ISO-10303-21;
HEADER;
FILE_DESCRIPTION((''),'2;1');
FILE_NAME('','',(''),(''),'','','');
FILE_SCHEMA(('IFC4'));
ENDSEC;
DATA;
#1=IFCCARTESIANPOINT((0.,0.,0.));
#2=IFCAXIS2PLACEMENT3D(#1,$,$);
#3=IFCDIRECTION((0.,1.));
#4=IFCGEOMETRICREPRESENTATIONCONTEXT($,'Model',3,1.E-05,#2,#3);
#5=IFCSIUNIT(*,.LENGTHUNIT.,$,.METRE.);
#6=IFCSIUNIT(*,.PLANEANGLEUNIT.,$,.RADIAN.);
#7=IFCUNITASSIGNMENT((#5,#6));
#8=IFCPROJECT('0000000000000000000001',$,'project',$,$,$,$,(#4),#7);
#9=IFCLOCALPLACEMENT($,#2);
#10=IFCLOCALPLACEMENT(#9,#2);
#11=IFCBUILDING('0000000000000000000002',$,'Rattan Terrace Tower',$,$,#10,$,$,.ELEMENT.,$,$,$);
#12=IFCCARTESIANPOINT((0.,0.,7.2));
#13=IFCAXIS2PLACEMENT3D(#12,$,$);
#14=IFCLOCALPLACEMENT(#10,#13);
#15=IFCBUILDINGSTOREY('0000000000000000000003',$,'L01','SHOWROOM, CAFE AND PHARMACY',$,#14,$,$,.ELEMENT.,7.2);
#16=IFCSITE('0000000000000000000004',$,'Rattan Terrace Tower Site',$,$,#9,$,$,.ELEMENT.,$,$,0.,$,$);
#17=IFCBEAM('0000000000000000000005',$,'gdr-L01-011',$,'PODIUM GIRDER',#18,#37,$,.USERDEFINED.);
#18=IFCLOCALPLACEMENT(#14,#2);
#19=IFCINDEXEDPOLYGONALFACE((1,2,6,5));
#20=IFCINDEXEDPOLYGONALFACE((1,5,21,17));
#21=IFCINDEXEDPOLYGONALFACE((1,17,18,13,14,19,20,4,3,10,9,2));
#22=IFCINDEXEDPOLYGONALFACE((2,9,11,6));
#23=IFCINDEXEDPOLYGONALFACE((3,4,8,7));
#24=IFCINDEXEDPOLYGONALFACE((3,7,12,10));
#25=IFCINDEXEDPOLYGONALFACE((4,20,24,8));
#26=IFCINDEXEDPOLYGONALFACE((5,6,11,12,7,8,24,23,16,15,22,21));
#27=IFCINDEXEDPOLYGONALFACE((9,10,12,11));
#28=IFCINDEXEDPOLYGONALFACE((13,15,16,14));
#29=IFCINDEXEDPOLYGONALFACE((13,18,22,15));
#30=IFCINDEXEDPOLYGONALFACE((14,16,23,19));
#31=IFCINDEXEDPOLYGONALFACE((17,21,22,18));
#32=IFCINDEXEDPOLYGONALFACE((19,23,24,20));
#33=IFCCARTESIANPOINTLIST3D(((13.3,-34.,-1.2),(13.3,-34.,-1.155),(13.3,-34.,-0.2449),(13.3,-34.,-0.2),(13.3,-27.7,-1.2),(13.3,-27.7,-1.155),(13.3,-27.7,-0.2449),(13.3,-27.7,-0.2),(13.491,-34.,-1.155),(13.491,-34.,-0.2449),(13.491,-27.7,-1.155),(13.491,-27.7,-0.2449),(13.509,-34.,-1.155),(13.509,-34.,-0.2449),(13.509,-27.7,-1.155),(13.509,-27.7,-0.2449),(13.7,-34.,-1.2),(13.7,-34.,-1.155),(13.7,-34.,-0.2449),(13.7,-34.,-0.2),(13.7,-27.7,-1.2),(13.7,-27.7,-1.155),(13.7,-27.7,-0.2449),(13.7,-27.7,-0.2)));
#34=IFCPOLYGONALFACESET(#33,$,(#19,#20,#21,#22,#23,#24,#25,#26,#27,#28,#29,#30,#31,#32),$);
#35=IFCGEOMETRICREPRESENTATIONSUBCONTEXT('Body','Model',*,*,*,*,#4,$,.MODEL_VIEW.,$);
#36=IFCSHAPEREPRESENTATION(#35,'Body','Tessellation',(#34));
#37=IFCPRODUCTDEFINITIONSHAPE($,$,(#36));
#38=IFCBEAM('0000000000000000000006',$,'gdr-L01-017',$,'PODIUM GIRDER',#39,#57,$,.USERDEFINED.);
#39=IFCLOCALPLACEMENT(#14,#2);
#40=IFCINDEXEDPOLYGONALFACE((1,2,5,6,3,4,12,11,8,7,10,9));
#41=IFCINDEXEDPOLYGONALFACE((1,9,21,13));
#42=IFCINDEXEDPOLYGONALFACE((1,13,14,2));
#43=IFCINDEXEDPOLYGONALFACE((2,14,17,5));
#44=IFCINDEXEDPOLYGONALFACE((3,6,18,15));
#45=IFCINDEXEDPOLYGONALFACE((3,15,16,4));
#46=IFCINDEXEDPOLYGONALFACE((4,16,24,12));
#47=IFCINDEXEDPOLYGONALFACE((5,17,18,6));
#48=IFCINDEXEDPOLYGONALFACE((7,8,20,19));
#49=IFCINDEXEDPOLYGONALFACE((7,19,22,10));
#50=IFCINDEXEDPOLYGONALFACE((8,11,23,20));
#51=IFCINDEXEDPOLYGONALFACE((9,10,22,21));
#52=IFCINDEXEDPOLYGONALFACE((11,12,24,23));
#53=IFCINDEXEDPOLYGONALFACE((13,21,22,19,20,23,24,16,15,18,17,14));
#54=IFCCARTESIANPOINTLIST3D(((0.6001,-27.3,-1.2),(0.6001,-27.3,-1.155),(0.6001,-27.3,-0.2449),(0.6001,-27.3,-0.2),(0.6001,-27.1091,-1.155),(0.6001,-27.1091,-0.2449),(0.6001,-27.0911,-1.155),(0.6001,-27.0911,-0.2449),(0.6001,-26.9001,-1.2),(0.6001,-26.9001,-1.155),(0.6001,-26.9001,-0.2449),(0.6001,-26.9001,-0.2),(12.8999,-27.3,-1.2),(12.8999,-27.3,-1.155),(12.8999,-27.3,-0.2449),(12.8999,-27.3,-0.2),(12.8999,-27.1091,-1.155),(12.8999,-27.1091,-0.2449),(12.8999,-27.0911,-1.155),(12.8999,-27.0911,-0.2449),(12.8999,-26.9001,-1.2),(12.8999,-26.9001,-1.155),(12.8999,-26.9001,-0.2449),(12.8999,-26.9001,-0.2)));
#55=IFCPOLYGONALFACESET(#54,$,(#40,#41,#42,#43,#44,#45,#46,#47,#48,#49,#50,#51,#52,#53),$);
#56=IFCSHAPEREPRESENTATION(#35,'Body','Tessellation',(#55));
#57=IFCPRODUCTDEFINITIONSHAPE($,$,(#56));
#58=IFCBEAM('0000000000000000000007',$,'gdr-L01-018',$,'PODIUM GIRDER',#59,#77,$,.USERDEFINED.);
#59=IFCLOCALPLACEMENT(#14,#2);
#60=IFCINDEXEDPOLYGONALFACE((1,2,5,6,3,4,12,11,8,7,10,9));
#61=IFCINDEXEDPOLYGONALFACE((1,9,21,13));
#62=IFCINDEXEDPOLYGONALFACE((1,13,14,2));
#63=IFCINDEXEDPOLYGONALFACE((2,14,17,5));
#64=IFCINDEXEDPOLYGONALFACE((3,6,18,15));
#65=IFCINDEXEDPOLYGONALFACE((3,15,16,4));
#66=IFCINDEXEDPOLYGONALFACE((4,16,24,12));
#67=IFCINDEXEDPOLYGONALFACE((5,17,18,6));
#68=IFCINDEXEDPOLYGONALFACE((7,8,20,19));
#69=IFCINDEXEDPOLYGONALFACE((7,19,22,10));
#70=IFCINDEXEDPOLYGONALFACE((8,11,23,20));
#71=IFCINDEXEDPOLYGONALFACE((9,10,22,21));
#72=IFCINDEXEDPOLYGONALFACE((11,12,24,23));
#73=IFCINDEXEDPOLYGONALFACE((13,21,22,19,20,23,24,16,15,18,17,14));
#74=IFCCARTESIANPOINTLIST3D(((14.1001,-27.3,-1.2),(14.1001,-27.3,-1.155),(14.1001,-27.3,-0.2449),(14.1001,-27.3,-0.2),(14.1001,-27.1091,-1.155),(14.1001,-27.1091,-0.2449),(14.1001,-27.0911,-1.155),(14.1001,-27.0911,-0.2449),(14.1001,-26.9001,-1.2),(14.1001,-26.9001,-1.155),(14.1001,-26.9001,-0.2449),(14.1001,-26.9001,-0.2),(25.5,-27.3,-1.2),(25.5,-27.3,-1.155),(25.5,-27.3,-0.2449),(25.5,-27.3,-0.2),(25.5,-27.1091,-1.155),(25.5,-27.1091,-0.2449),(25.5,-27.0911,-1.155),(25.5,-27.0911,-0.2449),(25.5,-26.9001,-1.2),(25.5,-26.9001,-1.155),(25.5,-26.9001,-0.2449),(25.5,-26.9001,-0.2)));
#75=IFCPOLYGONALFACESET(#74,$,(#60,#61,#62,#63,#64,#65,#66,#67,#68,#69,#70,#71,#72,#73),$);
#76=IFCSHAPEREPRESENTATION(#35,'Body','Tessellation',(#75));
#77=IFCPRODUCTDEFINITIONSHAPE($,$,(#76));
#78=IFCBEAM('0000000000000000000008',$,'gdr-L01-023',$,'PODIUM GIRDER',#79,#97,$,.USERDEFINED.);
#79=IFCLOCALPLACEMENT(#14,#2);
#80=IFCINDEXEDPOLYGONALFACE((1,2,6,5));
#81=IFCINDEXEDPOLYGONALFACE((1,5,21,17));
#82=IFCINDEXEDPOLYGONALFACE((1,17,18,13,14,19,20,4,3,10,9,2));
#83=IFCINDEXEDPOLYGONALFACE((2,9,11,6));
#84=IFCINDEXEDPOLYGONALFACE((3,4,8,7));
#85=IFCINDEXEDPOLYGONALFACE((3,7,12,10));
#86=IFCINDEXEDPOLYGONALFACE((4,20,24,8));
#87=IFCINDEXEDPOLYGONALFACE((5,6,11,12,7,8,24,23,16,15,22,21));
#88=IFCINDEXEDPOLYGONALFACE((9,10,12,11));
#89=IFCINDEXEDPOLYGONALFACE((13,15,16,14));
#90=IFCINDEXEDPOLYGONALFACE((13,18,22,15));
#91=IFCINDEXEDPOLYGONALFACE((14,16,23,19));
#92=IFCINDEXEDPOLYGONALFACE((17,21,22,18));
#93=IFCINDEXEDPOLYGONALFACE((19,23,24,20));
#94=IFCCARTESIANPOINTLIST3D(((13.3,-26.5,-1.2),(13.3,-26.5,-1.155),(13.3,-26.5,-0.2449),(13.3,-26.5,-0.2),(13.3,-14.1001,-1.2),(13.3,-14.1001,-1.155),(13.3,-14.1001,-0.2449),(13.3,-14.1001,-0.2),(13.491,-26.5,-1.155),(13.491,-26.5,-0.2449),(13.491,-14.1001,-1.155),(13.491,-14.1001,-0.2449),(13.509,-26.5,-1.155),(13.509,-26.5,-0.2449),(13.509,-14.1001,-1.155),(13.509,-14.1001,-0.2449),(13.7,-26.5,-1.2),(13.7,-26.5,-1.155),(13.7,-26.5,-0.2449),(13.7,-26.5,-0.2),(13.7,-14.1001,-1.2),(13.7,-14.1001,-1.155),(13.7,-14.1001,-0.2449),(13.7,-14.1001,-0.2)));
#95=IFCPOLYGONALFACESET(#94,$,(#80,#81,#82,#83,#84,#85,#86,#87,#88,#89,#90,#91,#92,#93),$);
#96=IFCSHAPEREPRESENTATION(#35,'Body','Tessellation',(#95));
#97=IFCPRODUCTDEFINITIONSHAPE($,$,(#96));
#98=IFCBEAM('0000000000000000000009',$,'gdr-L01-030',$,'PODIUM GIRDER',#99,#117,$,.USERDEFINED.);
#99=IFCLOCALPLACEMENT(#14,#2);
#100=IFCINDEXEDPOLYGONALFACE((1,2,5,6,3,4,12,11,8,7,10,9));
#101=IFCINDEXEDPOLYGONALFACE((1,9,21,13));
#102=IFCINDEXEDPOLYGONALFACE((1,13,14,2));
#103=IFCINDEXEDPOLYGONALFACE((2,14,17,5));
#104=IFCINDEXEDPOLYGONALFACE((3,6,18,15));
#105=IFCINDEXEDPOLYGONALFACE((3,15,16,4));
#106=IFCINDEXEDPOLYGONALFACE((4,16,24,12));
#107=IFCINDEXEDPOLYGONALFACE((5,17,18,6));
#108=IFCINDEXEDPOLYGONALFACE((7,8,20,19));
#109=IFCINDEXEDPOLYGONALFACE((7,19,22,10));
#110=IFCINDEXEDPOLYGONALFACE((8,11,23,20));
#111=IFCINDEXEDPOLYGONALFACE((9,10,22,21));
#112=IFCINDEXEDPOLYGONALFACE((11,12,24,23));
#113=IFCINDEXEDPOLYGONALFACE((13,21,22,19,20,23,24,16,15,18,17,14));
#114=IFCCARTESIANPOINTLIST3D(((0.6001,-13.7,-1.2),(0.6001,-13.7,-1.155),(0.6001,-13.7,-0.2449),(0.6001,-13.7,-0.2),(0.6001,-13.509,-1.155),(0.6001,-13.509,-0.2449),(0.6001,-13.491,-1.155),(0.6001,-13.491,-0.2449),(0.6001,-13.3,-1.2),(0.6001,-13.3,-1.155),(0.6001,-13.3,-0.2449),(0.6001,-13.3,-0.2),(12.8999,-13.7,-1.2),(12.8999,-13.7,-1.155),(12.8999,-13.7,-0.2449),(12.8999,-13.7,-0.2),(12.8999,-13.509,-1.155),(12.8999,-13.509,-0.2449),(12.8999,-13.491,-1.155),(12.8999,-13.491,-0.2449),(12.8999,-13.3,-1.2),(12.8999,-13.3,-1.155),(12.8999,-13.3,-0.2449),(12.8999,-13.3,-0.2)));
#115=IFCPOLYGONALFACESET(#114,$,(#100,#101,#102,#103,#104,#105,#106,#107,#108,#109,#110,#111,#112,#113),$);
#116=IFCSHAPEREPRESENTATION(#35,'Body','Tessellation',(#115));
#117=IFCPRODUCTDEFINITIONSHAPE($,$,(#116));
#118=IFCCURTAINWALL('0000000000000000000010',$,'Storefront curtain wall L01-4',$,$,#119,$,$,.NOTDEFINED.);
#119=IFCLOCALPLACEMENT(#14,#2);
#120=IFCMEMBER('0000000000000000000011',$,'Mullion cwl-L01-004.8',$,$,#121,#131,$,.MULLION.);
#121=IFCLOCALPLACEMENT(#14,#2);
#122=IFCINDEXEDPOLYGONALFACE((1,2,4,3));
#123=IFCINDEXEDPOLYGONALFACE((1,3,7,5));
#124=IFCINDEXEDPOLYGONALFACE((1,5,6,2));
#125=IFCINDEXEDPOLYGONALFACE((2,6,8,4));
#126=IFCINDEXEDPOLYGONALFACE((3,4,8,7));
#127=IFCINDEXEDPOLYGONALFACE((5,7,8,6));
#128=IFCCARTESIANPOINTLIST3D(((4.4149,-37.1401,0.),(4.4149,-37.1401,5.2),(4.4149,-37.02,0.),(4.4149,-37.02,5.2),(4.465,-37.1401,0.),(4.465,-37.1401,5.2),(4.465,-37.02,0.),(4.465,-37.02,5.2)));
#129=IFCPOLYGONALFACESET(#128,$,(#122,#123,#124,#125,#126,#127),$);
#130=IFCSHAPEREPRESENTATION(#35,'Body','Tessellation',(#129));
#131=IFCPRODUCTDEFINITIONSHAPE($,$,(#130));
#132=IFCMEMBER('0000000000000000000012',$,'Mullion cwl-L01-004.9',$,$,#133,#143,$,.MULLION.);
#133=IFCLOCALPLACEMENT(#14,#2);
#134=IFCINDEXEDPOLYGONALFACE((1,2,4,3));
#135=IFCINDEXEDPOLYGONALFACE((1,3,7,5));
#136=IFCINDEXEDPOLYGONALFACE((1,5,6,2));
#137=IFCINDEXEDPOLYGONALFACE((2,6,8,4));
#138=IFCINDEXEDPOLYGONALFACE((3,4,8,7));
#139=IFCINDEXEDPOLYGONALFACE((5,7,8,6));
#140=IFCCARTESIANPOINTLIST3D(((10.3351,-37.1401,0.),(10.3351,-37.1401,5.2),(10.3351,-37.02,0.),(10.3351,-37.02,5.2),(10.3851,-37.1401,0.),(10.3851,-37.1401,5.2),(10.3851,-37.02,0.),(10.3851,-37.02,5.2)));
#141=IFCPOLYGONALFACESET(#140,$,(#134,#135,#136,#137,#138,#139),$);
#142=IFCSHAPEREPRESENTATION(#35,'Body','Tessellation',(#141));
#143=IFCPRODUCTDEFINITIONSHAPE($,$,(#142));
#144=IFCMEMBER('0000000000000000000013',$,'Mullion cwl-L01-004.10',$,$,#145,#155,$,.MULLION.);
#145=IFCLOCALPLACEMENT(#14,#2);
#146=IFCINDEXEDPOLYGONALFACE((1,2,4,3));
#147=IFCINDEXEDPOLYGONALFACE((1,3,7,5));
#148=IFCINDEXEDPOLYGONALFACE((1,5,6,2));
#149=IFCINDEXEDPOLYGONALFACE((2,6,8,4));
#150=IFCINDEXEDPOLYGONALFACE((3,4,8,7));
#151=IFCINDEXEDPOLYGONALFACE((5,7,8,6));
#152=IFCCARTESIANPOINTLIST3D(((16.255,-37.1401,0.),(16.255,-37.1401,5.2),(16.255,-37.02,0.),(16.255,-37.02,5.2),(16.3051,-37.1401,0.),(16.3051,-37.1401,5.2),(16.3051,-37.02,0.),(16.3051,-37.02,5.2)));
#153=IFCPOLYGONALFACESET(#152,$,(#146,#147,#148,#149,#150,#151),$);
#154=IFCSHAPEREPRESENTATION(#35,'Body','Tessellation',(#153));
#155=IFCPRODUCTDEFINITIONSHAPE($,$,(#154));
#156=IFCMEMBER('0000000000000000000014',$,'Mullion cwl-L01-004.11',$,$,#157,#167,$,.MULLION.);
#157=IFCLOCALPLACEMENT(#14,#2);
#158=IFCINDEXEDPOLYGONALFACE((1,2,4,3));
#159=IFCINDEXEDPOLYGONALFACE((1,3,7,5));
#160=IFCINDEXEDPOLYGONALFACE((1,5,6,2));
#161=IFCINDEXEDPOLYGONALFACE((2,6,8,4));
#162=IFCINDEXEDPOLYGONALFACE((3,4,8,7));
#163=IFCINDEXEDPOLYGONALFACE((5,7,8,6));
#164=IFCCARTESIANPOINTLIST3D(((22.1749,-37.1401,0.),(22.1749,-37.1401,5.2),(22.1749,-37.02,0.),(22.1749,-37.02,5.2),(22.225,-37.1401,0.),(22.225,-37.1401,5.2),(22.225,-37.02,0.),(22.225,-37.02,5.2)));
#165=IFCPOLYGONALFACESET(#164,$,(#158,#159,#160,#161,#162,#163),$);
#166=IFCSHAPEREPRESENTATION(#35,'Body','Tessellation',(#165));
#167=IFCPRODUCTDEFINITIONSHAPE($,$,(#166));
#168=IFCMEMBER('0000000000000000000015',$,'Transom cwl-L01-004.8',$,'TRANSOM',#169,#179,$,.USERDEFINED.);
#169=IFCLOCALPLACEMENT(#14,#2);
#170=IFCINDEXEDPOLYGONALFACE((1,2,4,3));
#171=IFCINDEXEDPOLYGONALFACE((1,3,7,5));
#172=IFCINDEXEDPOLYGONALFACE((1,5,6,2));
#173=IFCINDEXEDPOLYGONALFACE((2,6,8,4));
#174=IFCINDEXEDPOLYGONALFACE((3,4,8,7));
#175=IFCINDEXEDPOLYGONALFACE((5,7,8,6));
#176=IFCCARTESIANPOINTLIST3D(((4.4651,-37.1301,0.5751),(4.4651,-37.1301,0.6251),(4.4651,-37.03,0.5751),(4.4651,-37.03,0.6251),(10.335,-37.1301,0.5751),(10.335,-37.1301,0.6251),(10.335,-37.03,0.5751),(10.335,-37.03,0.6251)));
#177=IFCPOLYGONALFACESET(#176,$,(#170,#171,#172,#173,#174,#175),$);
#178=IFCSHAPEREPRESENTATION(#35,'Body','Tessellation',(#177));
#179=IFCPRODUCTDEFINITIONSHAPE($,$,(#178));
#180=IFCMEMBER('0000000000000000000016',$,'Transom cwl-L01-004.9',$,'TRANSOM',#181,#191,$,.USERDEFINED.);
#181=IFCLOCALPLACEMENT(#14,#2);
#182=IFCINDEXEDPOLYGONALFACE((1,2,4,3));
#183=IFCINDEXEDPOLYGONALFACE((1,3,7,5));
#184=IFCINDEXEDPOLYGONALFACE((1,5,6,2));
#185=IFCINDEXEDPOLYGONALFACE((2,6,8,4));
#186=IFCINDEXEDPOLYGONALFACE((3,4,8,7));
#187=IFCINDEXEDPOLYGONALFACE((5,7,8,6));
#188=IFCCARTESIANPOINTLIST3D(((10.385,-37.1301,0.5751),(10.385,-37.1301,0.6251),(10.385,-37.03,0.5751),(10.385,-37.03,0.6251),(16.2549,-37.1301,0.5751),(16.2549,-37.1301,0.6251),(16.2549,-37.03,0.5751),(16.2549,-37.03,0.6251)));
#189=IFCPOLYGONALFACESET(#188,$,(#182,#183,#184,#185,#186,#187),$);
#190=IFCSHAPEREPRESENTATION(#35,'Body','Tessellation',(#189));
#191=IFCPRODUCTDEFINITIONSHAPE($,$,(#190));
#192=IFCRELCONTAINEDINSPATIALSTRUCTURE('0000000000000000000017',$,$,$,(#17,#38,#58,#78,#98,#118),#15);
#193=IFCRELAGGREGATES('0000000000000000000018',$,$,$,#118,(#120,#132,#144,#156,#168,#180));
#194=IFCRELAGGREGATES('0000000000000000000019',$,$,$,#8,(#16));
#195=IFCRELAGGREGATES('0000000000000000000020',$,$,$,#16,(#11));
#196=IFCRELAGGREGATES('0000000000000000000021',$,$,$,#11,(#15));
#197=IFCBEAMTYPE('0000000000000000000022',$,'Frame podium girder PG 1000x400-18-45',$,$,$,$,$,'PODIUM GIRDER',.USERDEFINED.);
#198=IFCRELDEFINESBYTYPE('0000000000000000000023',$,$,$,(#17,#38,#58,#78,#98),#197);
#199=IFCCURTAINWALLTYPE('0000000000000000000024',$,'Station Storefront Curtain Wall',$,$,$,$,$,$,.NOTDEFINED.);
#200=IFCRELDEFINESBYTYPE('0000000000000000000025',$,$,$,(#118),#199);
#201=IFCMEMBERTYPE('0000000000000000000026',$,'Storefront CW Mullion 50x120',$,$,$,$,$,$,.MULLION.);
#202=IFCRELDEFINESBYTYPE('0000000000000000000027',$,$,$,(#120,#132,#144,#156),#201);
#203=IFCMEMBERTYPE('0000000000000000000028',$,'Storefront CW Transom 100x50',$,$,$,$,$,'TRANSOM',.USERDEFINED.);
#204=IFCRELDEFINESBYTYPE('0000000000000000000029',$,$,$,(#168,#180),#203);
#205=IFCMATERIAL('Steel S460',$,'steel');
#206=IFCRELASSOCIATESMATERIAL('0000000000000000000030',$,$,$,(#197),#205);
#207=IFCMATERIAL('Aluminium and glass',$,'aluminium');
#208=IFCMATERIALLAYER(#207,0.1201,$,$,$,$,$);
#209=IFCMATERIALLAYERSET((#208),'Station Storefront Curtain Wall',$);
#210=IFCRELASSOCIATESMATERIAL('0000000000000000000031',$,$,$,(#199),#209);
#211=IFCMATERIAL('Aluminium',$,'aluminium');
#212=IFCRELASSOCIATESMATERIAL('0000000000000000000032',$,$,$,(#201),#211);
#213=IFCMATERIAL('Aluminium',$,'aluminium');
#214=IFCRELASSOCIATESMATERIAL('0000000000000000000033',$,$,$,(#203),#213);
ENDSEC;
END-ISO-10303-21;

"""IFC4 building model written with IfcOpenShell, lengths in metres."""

from ifc_helpers import new_model, si_unit, direction, frame, origin, origin_2d, place, context, subcontext, project, spatial, rectangle, i_section, extrude, material, layer, layer_set, material_profile, profile_set, type_object, element, aggregate, save


model = new_model("IFC4")

# Units and contexts
model_context = context("Model", 3, precision=1e-05, world=origin(), true_north=direction((0.0, 1.0)))
body_context = subcontext(model_context, "Body", "Model", "MODEL_VIEW")
ifc_project = project(units=[si_unit("LENGTHUNIT", "METRE"), si_unit("PLANEANGLEUNIT", "RADIAN")], contexts=[model_context])

# Site, building, storey
site_placement = place(None, origin())
site = spatial("IfcSite", under=ifc_project, at=site_placement, Name="Rattan Terrace Tower Site", CompositionType="ELEMENT", RefElevation=0.0)
building_placement = place(site_placement, origin())
building = spatial("IfcBuilding", under=site, at=building_placement, Name="Rattan Terrace Tower", CompositionType="ELEMENT")
storey_placement = place(building_placement, frame((0.0, 0.0, 7.2)))
storey = spatial("IfcBuildingStorey", under=building, at=storey_placement, Name="L01", Description="SHOWROOM, CAFE AND PHARMACY", CompositionType="ELEMENT", Elevation=7.2)

# Beams
ifc_material_1 = material(Name="Steel S460", Category="steel")
ifc_material_profile_1 = material_profile(ifc_material_1, i_section(OverallWidth=0.3999, OverallDepth=1.0, WebThickness=0.0181, FlangeThickness=0.0449, at=origin_2d()), Name="PG 1000x400-18-45")
ifc_profile_set_1 = profile_set([ifc_material_profile_1], Name="Steel S460")
beam_type_1 = type_object("IfcBeamType", Name="Frame podium girder PG 1000x400-18-45", ElementType="PODIUM GIRDER", PredefinedType="USERDEFINED", material=ifc_profile_set_1)
beam_1_placement = place(storey_placement, frame((13.5, -34.0, -0.7), z_axis=(0.0, 1.0, 0.0), x_axis=(-1.0, 0.0, 0.0)))
element("IfcBeam", 1, at=beam_1_placement, inside=storey, type_object=beam_type_1, Name="gdr-L01-011", ObjectType="PODIUM GIRDER", PredefinedType="USERDEFINED", context=body_context, shape_type="SweptSolid", body=[
    extrude(i_section(OverallWidth=0.3999, OverallDepth=1.0, WebThickness=0.0181, FlangeThickness=0.0449, at=origin_2d()), origin(), (0.0, 0.0, 1.0), 6.3),
])
beam_2_placement = place(storey_placement, frame((0.6001, -27.1001, -0.7), z_axis=(1.0, 0.0, 0.0), x_axis=(0.0, 1.0, 0.0)))
element("IfcBeam", 2, at=beam_2_placement, inside=storey, type_object=beam_type_1, Name="gdr-L01-017", ObjectType="PODIUM GIRDER", PredefinedType="USERDEFINED", context=body_context, shape_type="SweptSolid", body=[
    extrude(i_section(OverallWidth=0.3999, OverallDepth=1.0, WebThickness=0.0181, FlangeThickness=0.0449, at=origin_2d()), origin(), (0.0, 0.0, 1.0), 12.2998),
])
beam_3_placement = place(storey_placement, frame((14.1001, -27.1001, -0.7), z_axis=(1.0, 0.0, 0.0), x_axis=(0.0, 1.0, 0.0)))
element("IfcBeam", 3, at=beam_3_placement, inside=storey, type_object=beam_type_1, Name="gdr-L01-018", ObjectType="PODIUM GIRDER", PredefinedType="USERDEFINED", context=body_context, shape_type="SweptSolid", body=[
    extrude(i_section(OverallWidth=0.3999, OverallDepth=1.0, WebThickness=0.0181, FlangeThickness=0.0449, at=origin_2d()), origin(), (0.0, 0.0, 1.0), 11.3999),
])
beam_4_placement = place(storey_placement, frame((13.5, -26.5, -0.7), z_axis=(0.0, 1.0, 0.0), x_axis=(-1.0, 0.0, 0.0)))
element("IfcBeam", 4, at=beam_4_placement, inside=storey, type_object=beam_type_1, Name="gdr-L01-023", ObjectType="PODIUM GIRDER", PredefinedType="USERDEFINED", context=body_context, shape_type="SweptSolid", body=[
    extrude(i_section(OverallWidth=0.3999, OverallDepth=1.0, WebThickness=0.0181, FlangeThickness=0.0449, at=origin_2d()), origin(), (0.0, 0.0, 1.0), 12.3999),
])
beam_5_placement = place(storey_placement, frame((0.6001, -13.5, -0.7), z_axis=(1.0, 0.0, 0.0), x_axis=(0.0, 1.0, 0.0)))
element("IfcBeam", 5, at=beam_5_placement, inside=storey, type_object=beam_type_1, Name="gdr-L01-030", ObjectType="PODIUM GIRDER", PredefinedType="USERDEFINED", context=body_context, shape_type="SweptSolid", body=[
    extrude(i_section(OverallWidth=0.3999, OverallDepth=1.0, WebThickness=0.0181, FlangeThickness=0.0449, at=origin_2d()), origin(), (0.0, 0.0, 1.0), 12.2998),
])

# Curtain wall, members
ifc_material_2 = material(Name="Aluminium and glass", Category="aluminium")
ifc_layer_1 = layer(ifc_material_2, 0.1201)
ifc_layer_set_1 = layer_set([ifc_layer_1], Name="Station Storefront Curtain Wall")
curtain_wall_type = type_object("IfcCurtainWallType", Name="Station Storefront Curtain Wall", PredefinedType="NOTDEFINED", material=ifc_layer_set_1)
curtain_wall_placement = place(storey_placement, origin())
curtain_wall = element("IfcCurtainWall", 6, at=curtain_wall_placement, inside=storey, type_object=curtain_wall_type, Name="Storefront curtain wall L01-4", PredefinedType="NOTDEFINED")
ifc_material_3 = material(Name="Aluminium", Category="aluminium")
ifc_material_profile_2 = material_profile(ifc_material_3, rectangle(XDim=0.05, YDim=0.1201, at=origin_2d()), Name="Aluminium 50x120")
ifc_profile_set_2 = profile_set([ifc_material_profile_2], Name="Aluminium")
member_type_1 = type_object("IfcMemberType", Name="Storefront CW Mullion 50x120", PredefinedType="MULLION", material=ifc_profile_set_2)
member_1_placement = place(storey_placement, frame((4.4399, -37.0801, 0.0), z_axis=(0.0, 0.0, 1.0), x_axis=(1.0, 0.0, 0.0)))
member_1 = element("IfcMember", 7, at=member_1_placement, type_object=member_type_1, Name="Mullion cwl-L01-004.8", PredefinedType="MULLION", context=body_context, shape_type="SweptSolid", body=[
    extrude(rectangle(XDim=0.05, YDim=0.1201, at=origin_2d()), origin(), (0.0, 0.0, 1.0), 5.2),
])
member_2_placement = place(storey_placement, frame((10.3601, -37.0801, 0.0), z_axis=(0.0, 0.0, 1.0), x_axis=(1.0, 0.0, 0.0)))
member_2 = element("IfcMember", 8, at=member_2_placement, type_object=member_type_1, Name="Mullion cwl-L01-004.9", PredefinedType="MULLION", context=body_context, shape_type="SweptSolid", body=[
    extrude(rectangle(XDim=0.05, YDim=0.1201, at=origin_2d()), origin(), (0.0, 0.0, 1.0), 5.2),
])
member_3_placement = place(storey_placement, frame((16.28, -37.0801, 0.0), z_axis=(0.0, 0.0, 1.0), x_axis=(1.0, 0.0, 0.0)))
member_3 = element("IfcMember", 9, at=member_3_placement, type_object=member_type_1, Name="Mullion cwl-L01-004.10", PredefinedType="MULLION", context=body_context, shape_type="SweptSolid", body=[
    extrude(rectangle(XDim=0.05, YDim=0.1201, at=origin_2d()), origin(), (0.0, 0.0, 1.0), 5.2),
])
member_4_placement = place(storey_placement, frame((22.2, -37.0801, 0.0), z_axis=(0.0, 0.0, 1.0), x_axis=(1.0, 0.0, 0.0)))
member_4 = element("IfcMember", 10, at=member_4_placement, type_object=member_type_1, Name="Mullion cwl-L01-004.11", PredefinedType="MULLION", context=body_context, shape_type="SweptSolid", body=[
    extrude(rectangle(XDim=0.05, YDim=0.1201, at=origin_2d()), origin(), (0.0, 0.0, 1.0), 5.2),
])
ifc_material_4 = material(Name="Aluminium", Category="aluminium")
ifc_material_profile_3 = material_profile(ifc_material_4, rectangle(XDim=0.1001, YDim=0.05, at=origin_2d()), Name="Aluminium 100x50")
ifc_profile_set_3 = profile_set([ifc_material_profile_3], Name="Aluminium")
member_type_2 = type_object("IfcMemberType", Name="Storefront CW Transom 100x50", ElementType="TRANSOM", PredefinedType="USERDEFINED", material=ifc_profile_set_3)
member_5_placement = place(storey_placement, frame((4.4651, -37.0801, 0.6001), z_axis=(1.0, 0.0, 0.0), x_axis=(0.0, 1.0, 0.0)))
member_5 = element("IfcMember", 11, at=member_5_placement, type_object=member_type_2, Name="Transom cwl-L01-004.8", ObjectType="TRANSOM", PredefinedType="USERDEFINED", context=body_context, shape_type="SweptSolid", body=[
    extrude(rectangle(XDim=0.1001, YDim=0.05, at=origin_2d()), origin(), (0.0, 0.0, 1.0), 5.8699),
])
member_6_placement = place(storey_placement, frame((10.385, -37.0801, 0.6001), z_axis=(1.0, 0.0, 0.0), x_axis=(0.0, 1.0, 0.0)))
member_6 = element("IfcMember", 12, at=member_6_placement, type_object=member_type_2, Name="Transom cwl-L01-004.9", ObjectType="TRANSOM", PredefinedType="USERDEFINED", context=body_context, shape_type="SweptSolid", body=[
    extrude(rectangle(XDim=0.1001, YDim=0.05, at=origin_2d()), origin(), (0.0, 0.0, 1.0), 5.8699),
])
aggregate(curtain_wall, [member_1, member_2, member_3, member_4, member_5, member_6])

save(model, "model.ifc")
